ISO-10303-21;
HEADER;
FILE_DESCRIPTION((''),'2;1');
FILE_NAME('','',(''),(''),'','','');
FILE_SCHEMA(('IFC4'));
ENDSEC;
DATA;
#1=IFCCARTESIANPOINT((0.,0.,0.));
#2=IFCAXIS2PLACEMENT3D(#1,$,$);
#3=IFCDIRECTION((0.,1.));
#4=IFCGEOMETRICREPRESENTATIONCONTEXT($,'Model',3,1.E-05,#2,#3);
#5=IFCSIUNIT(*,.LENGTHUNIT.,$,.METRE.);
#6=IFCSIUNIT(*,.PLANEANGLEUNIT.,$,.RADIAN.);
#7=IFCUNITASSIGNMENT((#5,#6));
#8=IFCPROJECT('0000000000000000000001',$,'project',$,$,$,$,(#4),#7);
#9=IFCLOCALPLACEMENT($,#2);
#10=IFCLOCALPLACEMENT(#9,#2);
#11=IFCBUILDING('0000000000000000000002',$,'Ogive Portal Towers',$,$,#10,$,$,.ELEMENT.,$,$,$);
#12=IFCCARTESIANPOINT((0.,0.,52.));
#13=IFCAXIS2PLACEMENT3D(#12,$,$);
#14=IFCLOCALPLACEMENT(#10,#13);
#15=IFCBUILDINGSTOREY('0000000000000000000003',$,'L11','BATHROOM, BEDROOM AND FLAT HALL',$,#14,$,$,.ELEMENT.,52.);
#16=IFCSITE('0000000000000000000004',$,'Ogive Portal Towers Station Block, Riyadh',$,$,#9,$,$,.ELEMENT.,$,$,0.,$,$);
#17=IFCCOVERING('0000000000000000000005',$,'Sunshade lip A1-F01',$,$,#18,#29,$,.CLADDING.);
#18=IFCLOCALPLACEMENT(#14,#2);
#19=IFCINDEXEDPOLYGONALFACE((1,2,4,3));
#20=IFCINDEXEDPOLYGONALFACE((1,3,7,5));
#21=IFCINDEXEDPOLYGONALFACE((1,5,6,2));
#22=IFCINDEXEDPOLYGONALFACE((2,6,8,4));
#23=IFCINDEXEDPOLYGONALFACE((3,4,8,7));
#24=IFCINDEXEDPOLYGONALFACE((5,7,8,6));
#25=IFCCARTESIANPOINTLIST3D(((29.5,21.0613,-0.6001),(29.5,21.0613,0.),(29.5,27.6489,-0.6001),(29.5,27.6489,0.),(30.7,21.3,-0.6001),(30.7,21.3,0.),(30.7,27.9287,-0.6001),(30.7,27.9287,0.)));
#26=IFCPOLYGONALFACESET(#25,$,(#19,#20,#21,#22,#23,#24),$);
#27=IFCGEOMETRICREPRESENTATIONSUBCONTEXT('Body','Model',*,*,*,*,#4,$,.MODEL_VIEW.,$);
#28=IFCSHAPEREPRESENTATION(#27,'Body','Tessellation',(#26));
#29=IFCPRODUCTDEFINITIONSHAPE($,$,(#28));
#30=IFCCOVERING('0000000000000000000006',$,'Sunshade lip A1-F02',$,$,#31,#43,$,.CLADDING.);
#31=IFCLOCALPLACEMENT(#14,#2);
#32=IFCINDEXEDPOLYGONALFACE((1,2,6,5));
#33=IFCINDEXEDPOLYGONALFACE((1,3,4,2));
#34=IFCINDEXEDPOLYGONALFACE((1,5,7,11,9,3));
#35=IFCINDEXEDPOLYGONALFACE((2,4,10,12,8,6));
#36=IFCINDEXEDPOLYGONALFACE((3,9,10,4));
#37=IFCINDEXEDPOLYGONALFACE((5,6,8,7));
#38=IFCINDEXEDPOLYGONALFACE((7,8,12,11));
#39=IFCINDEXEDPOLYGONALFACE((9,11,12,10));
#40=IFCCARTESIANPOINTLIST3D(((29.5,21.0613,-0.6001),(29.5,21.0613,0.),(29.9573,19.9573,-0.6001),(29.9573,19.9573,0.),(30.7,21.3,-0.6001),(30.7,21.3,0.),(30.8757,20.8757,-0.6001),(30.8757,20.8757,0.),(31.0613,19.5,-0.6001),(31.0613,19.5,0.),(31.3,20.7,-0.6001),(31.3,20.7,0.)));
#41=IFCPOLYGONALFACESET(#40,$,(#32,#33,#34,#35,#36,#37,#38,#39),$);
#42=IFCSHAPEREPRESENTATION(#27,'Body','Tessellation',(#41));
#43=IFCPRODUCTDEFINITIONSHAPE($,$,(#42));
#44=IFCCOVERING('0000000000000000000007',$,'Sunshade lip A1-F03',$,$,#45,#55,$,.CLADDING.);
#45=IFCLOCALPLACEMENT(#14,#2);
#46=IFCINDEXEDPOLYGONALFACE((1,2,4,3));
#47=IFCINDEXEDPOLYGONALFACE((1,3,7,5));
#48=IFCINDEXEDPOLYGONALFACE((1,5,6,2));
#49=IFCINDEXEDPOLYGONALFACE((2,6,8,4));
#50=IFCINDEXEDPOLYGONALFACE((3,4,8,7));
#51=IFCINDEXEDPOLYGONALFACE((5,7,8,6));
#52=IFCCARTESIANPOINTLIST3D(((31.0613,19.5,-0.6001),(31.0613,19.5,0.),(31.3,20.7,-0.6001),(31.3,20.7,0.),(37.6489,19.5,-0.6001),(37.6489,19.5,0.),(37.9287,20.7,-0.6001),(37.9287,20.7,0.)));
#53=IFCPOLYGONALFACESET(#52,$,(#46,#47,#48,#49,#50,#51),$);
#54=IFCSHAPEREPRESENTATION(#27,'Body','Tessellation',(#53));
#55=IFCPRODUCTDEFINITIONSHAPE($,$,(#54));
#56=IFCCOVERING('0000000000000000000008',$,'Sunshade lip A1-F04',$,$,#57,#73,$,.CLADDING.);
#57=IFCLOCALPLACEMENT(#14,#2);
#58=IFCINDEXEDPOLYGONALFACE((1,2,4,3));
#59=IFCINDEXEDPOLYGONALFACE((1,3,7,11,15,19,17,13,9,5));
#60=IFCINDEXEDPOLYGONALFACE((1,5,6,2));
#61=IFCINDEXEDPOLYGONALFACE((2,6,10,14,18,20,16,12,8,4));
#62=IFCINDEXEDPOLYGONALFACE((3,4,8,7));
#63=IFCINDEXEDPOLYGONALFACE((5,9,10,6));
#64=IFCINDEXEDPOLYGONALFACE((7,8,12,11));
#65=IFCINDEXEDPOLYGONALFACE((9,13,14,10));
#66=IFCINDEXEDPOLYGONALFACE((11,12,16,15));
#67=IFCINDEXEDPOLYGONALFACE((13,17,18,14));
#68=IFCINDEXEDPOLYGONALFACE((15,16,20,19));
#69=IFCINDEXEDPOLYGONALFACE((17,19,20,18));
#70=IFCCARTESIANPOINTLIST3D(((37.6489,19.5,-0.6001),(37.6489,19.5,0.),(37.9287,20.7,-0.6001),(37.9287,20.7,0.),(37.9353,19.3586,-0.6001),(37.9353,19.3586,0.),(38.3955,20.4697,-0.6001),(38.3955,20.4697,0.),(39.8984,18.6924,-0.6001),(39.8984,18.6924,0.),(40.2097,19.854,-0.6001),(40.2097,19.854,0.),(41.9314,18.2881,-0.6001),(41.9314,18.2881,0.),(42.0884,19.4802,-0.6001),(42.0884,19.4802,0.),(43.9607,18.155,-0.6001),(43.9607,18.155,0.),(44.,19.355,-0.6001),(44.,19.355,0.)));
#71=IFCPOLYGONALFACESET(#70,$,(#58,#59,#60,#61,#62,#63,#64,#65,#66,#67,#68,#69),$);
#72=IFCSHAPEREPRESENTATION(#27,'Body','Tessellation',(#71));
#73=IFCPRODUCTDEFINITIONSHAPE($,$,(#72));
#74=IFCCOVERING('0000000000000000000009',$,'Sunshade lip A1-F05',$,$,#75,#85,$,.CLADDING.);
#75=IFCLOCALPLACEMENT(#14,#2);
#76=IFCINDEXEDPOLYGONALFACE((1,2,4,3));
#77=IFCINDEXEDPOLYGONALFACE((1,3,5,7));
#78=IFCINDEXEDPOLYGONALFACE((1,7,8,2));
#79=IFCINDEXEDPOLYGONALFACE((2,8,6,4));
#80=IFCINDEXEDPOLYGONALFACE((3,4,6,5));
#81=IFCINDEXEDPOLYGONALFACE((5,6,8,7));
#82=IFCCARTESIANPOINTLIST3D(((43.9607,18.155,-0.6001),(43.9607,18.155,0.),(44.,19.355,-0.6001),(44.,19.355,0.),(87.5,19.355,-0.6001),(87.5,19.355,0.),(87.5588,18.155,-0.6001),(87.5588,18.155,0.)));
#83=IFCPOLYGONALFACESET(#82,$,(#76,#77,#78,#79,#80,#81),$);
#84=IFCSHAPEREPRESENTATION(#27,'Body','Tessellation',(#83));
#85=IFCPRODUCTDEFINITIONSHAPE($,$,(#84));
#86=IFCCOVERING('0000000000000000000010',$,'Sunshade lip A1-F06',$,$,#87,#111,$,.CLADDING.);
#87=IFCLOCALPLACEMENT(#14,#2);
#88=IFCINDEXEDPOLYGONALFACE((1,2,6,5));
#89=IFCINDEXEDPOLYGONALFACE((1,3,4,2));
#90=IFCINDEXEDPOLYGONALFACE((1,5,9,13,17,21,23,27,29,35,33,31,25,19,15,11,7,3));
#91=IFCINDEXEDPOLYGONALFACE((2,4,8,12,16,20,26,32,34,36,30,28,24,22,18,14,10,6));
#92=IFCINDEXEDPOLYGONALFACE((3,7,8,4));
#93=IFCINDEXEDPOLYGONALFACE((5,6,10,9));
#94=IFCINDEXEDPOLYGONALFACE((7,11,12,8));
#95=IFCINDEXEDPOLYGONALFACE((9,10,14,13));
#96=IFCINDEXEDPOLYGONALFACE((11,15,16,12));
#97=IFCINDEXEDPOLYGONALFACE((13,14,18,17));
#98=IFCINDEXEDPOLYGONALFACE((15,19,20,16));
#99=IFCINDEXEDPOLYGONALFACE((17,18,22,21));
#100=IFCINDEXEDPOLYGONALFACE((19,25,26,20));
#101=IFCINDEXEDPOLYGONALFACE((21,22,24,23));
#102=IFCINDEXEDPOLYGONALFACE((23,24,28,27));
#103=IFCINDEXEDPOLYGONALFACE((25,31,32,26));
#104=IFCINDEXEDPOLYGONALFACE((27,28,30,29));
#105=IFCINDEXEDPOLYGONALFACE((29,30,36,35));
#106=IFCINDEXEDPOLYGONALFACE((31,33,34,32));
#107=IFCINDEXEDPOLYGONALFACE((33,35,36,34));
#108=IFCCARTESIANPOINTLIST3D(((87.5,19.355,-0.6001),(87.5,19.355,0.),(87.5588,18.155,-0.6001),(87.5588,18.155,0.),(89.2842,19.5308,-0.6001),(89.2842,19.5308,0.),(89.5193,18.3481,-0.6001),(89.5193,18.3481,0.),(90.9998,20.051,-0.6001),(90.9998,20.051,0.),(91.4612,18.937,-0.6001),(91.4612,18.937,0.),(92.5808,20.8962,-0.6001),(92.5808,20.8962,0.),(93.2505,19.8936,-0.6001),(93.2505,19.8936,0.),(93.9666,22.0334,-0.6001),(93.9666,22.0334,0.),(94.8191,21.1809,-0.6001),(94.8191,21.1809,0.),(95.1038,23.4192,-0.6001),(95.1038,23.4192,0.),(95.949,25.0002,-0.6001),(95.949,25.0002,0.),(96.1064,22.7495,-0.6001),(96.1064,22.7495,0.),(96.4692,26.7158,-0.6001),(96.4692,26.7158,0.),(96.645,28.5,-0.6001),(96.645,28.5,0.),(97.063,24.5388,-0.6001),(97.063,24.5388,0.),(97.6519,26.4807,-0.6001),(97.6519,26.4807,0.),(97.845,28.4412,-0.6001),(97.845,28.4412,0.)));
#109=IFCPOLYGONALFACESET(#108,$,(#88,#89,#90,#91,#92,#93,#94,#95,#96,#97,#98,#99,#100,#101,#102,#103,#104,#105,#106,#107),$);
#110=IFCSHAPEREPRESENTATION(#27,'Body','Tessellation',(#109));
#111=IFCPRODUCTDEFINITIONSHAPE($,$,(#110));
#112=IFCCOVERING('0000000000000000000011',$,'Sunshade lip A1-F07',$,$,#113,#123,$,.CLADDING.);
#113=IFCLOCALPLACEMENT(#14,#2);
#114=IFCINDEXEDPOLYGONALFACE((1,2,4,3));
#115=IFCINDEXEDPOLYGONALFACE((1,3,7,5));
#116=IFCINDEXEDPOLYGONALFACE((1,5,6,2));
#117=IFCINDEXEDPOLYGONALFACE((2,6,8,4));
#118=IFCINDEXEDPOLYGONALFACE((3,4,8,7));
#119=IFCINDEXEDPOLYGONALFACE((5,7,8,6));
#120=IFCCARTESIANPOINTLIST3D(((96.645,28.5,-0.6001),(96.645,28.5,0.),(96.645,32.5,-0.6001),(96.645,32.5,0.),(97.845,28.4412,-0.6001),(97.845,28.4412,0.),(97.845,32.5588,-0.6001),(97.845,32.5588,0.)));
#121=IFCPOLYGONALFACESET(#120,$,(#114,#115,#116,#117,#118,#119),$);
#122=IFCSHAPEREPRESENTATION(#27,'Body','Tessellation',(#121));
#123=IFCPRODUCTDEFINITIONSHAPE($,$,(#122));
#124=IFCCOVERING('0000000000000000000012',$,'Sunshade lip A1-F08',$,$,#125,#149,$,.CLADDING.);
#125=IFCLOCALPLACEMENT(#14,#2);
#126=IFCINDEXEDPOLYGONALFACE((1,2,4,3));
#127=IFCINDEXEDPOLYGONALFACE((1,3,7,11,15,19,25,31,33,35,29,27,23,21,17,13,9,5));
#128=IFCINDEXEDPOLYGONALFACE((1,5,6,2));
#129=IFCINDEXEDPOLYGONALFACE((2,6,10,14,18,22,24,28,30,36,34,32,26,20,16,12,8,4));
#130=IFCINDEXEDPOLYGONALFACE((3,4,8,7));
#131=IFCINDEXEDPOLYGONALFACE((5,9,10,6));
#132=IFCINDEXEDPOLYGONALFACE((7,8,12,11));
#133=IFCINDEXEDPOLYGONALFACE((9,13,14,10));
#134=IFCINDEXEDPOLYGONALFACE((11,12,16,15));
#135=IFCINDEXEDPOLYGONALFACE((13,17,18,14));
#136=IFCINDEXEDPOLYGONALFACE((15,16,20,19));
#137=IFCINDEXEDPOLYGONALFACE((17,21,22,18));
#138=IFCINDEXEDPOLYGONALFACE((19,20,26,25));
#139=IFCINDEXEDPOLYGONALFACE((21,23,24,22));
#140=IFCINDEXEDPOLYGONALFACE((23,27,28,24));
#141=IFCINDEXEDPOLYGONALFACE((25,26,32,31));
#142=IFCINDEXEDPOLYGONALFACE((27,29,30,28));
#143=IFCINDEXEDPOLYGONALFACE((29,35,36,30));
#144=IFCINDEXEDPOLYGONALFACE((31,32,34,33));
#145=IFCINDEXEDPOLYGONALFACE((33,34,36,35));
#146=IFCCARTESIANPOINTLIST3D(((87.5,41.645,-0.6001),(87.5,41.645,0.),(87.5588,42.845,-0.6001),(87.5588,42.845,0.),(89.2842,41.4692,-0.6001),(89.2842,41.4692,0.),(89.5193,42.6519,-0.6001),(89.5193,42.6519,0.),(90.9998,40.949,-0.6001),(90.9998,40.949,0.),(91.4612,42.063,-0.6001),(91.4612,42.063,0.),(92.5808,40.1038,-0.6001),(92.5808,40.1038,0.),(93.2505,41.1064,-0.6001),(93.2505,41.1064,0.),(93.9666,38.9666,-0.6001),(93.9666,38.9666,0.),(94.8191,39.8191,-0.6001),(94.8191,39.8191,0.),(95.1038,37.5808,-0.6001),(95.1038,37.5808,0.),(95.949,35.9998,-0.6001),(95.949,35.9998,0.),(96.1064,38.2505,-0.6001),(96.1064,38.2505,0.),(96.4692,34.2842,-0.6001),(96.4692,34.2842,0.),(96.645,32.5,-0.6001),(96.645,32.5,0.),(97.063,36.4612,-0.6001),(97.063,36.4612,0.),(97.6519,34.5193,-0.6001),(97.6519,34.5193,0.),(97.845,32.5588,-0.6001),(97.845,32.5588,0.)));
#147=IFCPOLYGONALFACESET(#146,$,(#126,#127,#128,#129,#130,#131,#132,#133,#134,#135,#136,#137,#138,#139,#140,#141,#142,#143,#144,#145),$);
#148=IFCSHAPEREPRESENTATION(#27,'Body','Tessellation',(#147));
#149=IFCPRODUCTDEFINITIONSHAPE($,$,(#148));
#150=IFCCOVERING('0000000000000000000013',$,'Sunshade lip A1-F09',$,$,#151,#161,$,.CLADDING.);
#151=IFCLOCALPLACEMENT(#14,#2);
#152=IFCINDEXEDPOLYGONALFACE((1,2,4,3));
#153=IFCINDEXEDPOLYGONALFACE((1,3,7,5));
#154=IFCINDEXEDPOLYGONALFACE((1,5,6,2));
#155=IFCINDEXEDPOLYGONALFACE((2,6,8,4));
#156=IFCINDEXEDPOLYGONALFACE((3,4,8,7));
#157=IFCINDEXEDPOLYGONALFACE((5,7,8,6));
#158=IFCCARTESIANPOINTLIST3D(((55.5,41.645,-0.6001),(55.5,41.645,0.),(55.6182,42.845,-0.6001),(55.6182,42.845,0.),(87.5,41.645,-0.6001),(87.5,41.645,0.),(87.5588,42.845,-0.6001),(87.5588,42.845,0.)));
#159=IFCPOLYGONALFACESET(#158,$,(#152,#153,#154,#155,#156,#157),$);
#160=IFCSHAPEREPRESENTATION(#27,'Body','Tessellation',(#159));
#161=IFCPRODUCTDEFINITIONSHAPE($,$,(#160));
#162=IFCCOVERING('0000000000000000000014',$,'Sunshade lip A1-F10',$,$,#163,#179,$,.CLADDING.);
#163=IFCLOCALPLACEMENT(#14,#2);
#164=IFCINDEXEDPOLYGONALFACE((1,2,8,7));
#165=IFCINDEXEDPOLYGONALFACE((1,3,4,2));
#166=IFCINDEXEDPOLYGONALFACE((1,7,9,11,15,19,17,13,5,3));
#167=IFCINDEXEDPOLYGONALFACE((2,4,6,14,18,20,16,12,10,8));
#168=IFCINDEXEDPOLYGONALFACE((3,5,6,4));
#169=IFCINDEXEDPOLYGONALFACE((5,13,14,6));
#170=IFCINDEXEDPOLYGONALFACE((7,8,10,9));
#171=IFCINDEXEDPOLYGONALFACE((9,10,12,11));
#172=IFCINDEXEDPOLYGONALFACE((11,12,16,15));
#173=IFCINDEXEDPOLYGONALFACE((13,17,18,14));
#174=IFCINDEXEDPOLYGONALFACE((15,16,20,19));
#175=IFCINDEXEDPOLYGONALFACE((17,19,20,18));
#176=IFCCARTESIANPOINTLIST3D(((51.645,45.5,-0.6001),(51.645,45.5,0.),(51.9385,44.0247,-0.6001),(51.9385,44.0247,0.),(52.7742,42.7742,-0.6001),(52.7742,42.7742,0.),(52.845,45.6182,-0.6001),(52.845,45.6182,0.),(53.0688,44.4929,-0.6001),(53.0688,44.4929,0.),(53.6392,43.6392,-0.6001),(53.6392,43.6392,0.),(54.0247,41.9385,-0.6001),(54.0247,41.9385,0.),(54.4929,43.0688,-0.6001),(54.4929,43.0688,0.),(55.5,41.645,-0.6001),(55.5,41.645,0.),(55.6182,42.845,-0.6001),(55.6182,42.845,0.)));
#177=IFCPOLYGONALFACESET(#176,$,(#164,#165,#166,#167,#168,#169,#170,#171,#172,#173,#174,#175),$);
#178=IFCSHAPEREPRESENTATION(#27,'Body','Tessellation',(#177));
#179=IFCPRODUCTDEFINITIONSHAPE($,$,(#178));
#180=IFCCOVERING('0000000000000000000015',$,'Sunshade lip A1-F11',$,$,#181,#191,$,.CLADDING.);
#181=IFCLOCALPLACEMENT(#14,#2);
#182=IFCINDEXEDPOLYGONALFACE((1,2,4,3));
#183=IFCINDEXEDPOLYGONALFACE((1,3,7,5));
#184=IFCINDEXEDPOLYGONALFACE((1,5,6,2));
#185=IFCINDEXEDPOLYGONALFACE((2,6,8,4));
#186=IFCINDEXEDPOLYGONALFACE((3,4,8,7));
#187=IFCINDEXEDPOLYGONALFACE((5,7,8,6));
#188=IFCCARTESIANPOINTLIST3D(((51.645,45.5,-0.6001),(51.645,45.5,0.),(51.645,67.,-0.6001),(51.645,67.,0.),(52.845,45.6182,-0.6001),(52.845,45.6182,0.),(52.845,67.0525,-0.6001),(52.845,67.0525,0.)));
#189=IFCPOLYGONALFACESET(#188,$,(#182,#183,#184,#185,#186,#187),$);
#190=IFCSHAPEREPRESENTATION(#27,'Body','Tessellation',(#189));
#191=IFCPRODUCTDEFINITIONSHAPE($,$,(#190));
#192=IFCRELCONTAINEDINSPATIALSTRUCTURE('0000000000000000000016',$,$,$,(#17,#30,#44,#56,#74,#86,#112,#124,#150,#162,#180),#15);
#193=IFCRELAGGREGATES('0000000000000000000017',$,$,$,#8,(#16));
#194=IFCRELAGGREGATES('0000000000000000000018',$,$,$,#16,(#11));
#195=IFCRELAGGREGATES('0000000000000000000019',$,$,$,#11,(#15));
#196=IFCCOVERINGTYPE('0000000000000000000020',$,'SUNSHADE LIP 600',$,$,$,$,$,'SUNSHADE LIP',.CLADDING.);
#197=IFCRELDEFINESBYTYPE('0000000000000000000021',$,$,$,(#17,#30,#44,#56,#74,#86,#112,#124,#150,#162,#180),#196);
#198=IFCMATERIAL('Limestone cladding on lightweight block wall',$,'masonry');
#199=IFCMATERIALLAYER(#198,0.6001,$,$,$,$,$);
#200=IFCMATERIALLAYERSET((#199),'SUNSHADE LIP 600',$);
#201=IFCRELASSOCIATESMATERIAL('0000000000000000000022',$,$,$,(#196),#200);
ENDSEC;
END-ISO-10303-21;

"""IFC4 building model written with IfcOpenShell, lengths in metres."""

from ifc_helpers import new_model, si_unit, direction, frame, origin, place, context, subcontext, project, spatial, polyline, outline, extrude, material, layer, layer_set, type_object, element, save


model = new_model("IFC4")

# Units and contexts
model_context = context("Model", 3, precision=1e-05, world=origin(), true_north=direction((0.0, 1.0)))
body_context = subcontext(model_context, "Body", "Model", "MODEL_VIEW")
ifc_project = project(units=[si_unit("LENGTHUNIT", "METRE"), si_unit("PLANEANGLEUNIT", "RADIAN")], contexts=[model_context])

# Site, building, storey
site_placement = place(None, origin())
site = spatial("IfcSite", under=ifc_project, at=site_placement, Name="Ogive Portal Towers Station Block, Riyadh", CompositionType="ELEMENT", RefElevation=0.0)
building_placement = place(site_placement, origin())
building = spatial("IfcBuilding", under=site, at=building_placement, Name="Ogive Portal Towers", CompositionType="ELEMENT")
storey_placement = place(building_placement, frame((0.0, 0.0, 52.0)))
storey = spatial("IfcBuildingStorey", under=building, at=storey_placement, Name="L11", Description="BATHROOM, BEDROOM AND FLAT HALL", CompositionType="ELEMENT", Elevation=52.0)

# Coverings
ifc_material_1 = material(Name="Limestone cladding on lightweight block wall", Category="masonry")
ifc_layer_1 = layer(ifc_material_1, 0.6001)
ifc_layer_set_1 = layer_set([ifc_layer_1], Name="SUNSHADE LIP 600")
covering_type_1 = type_object("IfcCoveringType", Name="SUNSHADE LIP 600", ElementType="SUNSHADE LIP", PredefinedType="CLADDING", material=ifc_layer_set_1)
covering_1_placement = place(storey_placement, frame((0.0, 0.0, -0.6001)))
element("IfcCovering", 1, at=covering_1_placement, inside=storey, type_object=covering_type_1, Name="Sunshade lip A1-F01", PredefinedType="CLADDING", context=body_context, shape_type="SweptSolid", body=[
    extrude(outline(polyline([(30.7, 27.9287), (30.7, 21.3), (29.5, 21.0613), (29.5, 27.6489), (30.7, 27.9287)])), origin(), (0.0, 0.0, 1.0), 0.6001),
])
covering_2_placement = place(storey_placement, frame((0.0, 0.0, -0.6001)))
element("IfcCovering", 2, at=covering_2_placement, inside=storey, type_object=covering_type_1, Name="Sunshade lip A1-F02", PredefinedType="CLADDING", context=body_context, shape_type="SweptSolid", body=[
    extrude(outline(polyline([(30.7, 21.3), (30.8757, 20.8757), (31.3, 20.7), (31.0613, 19.5), (29.9573, 19.9573), (29.5, 21.0613), (30.7, 21.3)])), origin(), (0.0, 0.0, 1.0), 0.6001),
])
covering_3_placement = place(storey_placement, frame((0.0, 0.0, -0.6001)))
element("IfcCovering", 3, at=covering_3_placement, inside=storey, type_object=covering_type_1, Name="Sunshade lip A1-F03", PredefinedType="CLADDING", context=body_context, shape_type="SweptSolid", body=[
    extrude(outline(polyline([(31.3, 20.7), (37.9287, 20.7), (37.6489, 19.5), (31.0613, 19.5), (31.3, 20.7)])), origin(), (0.0, 0.0, 1.0), 0.6001),
])
covering_4_placement = place(storey_placement, frame((0.0, 0.0, -0.6001)))
element("IfcCovering", 4, at=covering_4_placement, inside=storey, type_object=covering_type_1, Name="Sunshade lip A1-F04", PredefinedType="CLADDING", context=body_context, shape_type="SweptSolid", body=[
    extrude(outline(polyline([(37.9287, 20.7), (38.3955, 20.4697), (40.2097, 19.854), (42.0884, 19.4802), (44.0, 19.355), (43.9607, 18.155), (41.9314, 18.2881), (39.8984, 18.6924), (37.9353, 19.3586), (37.6489, 19.5), (37.9287, 20.7)])), origin(), (0.0, 0.0, 1.0), 0.6001),
])
covering_5_placement = place(storey_placement, frame((0.0, 0.0, -0.6001)))
element("IfcCovering", 5, at=covering_5_placement, inside=storey, type_object=covering_type_1, Name="Sunshade lip A1-F05", PredefinedType="CLADDING", context=body_context, shape_type="SweptSolid", body=[
    extrude(outline(polyline([(44.0, 19.355), (87.5, 19.355), (87.5588, 18.155), (43.9607, 18.155), (44.0, 19.355)])), origin(), (0.0, 0.0, 1.0), 0.6001),
])
covering_6_placement = place(storey_placement, frame((0.0, 0.0, -0.6001)))
element("IfcCovering", 6, at=covering_6_placement, inside=storey, type_object=covering_type_1, Name="Sunshade lip A1-F06", PredefinedType="CLADDING", context=body_context, shape_type="SweptSolid", body=[
    extrude(outline(polyline([(87.5, 19.355), (89.2842, 19.5308), (90.9998, 20.051), (92.5808, 20.8962), (93.9666, 22.0334), (95.1038, 23.4192), (95.949, 25.0002), (96.4692, 26.7158), (96.645, 28.5), (97.845, 28.4412), (97.6519, 26.4807), (97.063, 24.5388), (96.1064, 22.7495), (94.8191, 21.1809), (93.2505, 19.8936), (91.4612, 18.937), (89.5193, 18.3481), (87.5588, 18.155), (87.5, 19.355)])), origin(), (0.0, 0.0, 1.0), 0.6001),
])
covering_7_placement = place(storey_placement, frame((0.0, 0.0, -0.6001)))
element("IfcCovering", 7, at=covering_7_placement, inside=storey, type_object=covering_type_1, Name="Sunshade lip A1-F07", PredefinedType="CLADDING", context=body_context, shape_type="SweptSolid", body=[
    extrude(outline(polyline([(96.645, 28.5), (96.645, 32.5), (97.845, 32.5588), (97.845, 28.4412), (96.645, 28.5)])), origin(), (0.0, 0.0, 1.0), 0.6001),
])
covering_8_placement = place(storey_placement, frame((0.0, 0.0, -0.6001)))
element("IfcCovering", 8, at=covering_8_placement, inside=storey, type_object=covering_type_1, Name="Sunshade lip A1-F08", PredefinedType="CLADDING", context=body_context, shape_type="SweptSolid", body=[
    extrude(outline(polyline([(96.645, 32.5), (96.4692, 34.2842), (95.949, 35.9998), (95.1038, 37.5808), (93.9666, 38.9666), (92.5808, 40.1038), (90.9998, 40.949), (89.2842, 41.4692), (87.5, 41.645), (87.5588, 42.845), (89.5193, 42.6519), (91.4612, 42.063), (93.2505, 41.1064), (94.8191, 39.8191), (96.1064, 38.2505), (97.063, 36.4612), (97.6519, 34.5193), (97.845, 32.5588), (96.645, 32.5)])), origin(), (0.0, 0.0, 1.0), 0.6001),
])
covering_9_placement = place(storey_placement, frame((0.0, 0.0, -0.6001)))
element("IfcCovering", 9, at=covering_9_placement, inside=storey, type_object=covering_type_1, Name="Sunshade lip A1-F09", PredefinedType="CLADDING", context=body_context, shape_type="SweptSolid", body=[
    extrude(outline(polyline([(87.5, 41.645), (55.5, 41.645), (55.6182, 42.845), (87.5588, 42.845), (87.5, 41.645)])), origin(), (0.0, 0.0, 1.0), 0.6001),
])
covering_10_placement = place(storey_placement, frame((0.0, 0.0, -0.6001)))
element("IfcCovering", 10, at=covering_10_placement, inside=storey, type_object=covering_type_1, Name="Sunshade lip A1-F10", PredefinedType="CLADDING", context=body_context, shape_type="SweptSolid", body=[
    extrude(outline(polyline([(55.5, 41.645), (54.0247, 41.9385), (52.7742, 42.7742), (51.9385, 44.0247), (51.645, 45.5), (52.845, 45.6182), (53.0688, 44.4929), (53.6392, 43.6392), (54.4929, 43.0688), (55.6182, 42.845), (55.5, 41.645)])), origin(), (0.0, 0.0, 1.0), 0.6001),
])
covering_11_placement = place(storey_placement, frame((0.0, 0.0, -0.6001)))
element("IfcCovering", 11, at=covering_11_placement, inside=storey, type_object=covering_type_1, Name="Sunshade lip A1-F11", PredefinedType="CLADDING", context=body_context, shape_type="SweptSolid", body=[
    extrude(outline(polyline([(51.645, 45.5), (51.645, 67.0), (52.845, 67.0525), (52.845, 45.6182), (51.645, 45.5)])), origin(), (0.0, 0.0, 1.0), 0.6001),
])

save(model, "model.ifc")
